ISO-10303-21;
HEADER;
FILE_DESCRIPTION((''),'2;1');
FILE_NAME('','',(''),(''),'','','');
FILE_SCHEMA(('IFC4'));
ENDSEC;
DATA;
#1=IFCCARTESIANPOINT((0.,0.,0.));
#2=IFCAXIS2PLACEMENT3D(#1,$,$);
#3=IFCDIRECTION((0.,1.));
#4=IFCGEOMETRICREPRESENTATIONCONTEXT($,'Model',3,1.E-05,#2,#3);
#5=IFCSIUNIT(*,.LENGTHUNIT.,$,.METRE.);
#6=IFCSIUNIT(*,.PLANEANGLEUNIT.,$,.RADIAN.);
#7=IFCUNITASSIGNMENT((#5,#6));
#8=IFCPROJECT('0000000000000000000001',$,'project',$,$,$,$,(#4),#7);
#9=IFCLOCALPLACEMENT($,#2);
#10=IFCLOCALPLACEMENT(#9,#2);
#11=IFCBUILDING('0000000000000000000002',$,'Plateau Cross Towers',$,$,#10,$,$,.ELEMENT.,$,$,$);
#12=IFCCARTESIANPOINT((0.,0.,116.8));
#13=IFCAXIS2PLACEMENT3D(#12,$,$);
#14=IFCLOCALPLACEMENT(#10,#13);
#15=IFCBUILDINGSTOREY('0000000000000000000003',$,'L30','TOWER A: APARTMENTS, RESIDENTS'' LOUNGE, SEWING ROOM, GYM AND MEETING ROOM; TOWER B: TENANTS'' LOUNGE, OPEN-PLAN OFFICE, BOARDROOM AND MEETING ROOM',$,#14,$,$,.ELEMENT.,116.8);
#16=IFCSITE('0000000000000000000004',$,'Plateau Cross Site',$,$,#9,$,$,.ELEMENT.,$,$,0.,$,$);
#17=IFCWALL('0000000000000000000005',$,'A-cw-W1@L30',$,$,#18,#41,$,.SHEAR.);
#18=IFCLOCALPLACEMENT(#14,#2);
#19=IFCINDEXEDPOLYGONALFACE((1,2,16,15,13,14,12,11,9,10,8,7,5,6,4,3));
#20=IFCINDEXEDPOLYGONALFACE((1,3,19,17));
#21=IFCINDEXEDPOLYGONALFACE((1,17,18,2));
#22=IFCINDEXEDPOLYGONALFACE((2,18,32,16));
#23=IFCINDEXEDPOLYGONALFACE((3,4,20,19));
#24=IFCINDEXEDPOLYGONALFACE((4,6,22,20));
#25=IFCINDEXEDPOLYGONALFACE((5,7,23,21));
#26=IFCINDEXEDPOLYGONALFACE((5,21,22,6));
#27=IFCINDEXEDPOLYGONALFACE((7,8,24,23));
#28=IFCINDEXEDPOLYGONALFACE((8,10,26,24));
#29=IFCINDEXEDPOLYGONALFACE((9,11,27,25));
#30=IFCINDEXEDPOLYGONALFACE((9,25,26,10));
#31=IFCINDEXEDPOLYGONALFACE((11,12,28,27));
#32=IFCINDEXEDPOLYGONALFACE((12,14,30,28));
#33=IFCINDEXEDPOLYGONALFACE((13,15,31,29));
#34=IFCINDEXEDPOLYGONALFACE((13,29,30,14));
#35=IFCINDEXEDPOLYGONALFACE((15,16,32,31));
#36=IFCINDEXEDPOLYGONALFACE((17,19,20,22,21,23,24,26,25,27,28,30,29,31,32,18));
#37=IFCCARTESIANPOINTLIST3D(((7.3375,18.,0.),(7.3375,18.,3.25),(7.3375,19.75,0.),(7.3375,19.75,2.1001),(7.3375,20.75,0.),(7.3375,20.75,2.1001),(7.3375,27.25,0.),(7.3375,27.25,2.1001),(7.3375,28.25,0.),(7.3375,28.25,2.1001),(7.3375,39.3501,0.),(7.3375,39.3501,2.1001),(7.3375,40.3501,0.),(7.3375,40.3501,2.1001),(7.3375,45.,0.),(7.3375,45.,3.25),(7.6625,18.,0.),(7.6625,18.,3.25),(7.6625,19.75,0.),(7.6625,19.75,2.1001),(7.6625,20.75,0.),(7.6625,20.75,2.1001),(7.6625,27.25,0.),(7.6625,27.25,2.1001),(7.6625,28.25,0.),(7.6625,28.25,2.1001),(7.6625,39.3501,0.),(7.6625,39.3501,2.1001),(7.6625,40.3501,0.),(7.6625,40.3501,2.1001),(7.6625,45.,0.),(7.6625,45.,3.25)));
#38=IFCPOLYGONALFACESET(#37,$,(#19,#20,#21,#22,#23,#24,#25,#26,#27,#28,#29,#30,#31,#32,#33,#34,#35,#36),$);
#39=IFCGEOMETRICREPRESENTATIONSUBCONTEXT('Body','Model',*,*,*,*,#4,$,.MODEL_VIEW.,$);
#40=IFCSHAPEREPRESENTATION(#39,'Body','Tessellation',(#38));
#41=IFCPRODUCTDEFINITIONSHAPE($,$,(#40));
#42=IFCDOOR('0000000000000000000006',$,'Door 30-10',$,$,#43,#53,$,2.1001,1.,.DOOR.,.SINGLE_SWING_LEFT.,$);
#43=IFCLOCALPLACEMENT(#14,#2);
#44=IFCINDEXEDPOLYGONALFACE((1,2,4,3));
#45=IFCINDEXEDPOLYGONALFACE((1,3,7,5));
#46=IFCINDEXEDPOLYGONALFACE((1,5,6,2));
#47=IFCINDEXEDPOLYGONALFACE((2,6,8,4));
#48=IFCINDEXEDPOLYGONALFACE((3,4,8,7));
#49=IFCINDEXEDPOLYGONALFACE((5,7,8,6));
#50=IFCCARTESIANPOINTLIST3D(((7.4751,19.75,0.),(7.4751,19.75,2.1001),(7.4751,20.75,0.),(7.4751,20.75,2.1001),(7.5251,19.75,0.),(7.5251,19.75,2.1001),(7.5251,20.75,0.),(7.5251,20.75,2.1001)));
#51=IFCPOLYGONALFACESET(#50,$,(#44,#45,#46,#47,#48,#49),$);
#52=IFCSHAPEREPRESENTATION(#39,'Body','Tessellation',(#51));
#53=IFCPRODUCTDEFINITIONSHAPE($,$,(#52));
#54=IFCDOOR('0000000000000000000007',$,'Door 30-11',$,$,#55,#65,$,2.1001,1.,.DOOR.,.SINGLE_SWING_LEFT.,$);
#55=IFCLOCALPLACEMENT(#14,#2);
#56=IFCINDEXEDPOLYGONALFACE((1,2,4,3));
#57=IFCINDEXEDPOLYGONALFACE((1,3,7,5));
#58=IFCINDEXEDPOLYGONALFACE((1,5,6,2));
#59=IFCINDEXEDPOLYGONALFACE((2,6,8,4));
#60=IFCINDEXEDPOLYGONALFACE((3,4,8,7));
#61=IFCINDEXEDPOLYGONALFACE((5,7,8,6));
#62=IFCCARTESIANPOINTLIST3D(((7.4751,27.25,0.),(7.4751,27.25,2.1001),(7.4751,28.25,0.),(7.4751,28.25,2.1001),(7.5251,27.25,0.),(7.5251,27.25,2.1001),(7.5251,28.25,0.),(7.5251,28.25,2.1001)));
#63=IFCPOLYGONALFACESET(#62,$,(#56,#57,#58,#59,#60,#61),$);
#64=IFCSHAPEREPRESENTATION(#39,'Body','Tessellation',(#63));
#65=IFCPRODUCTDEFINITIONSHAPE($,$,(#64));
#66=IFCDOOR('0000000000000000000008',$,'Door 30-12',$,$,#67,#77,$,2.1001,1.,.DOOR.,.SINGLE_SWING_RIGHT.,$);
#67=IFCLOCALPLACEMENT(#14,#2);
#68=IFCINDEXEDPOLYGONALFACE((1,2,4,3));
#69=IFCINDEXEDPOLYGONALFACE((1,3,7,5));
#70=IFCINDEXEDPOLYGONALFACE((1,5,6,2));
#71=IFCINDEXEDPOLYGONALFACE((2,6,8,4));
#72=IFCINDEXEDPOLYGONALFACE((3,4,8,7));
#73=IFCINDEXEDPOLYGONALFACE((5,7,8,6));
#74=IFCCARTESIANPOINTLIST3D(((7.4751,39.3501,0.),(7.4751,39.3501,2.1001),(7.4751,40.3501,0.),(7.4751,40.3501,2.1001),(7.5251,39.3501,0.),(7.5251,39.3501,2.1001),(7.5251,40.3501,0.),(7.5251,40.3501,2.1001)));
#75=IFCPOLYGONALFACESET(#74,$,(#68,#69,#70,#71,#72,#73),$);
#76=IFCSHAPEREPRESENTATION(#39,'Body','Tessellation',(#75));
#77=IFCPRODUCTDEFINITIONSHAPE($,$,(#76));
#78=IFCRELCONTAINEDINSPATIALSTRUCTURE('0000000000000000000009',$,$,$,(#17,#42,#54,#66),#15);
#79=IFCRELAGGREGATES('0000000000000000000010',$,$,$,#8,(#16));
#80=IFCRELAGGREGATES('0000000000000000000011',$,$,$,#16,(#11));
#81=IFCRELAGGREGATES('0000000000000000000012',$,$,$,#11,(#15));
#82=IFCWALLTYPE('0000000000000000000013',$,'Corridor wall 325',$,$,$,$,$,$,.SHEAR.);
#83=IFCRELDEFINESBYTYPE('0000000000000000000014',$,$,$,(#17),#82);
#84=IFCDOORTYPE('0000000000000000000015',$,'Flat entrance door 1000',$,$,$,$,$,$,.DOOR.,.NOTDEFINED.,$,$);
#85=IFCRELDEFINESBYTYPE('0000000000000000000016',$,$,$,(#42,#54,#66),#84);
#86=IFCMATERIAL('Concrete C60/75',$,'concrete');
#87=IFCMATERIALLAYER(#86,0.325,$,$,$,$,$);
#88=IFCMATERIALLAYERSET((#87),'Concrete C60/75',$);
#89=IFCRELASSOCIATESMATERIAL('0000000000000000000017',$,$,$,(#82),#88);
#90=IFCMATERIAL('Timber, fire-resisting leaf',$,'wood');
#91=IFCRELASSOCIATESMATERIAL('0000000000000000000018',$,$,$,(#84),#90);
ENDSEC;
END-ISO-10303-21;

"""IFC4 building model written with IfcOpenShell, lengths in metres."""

from ifc_helpers import new_model, si_unit, direction, frame, frame_2d, origin, place, context, subcontext, project, spatial, rectangle, extrude, material, layer, layer_set, type_object, element, fill, save


model = new_model("IFC4")

# Units and contexts
model_context = context("Model", 3, precision=1e-05, world=origin(), true_north=direction((0.0, 1.0)))
body_context = subcontext(model_context, "Body", "Model", "MODEL_VIEW")
ifc_project = project(units=[si_unit("LENGTHUNIT", "METRE"), si_unit("PLANEANGLEUNIT", "RADIAN")], contexts=[model_context])

# Site, building, storey
site_placement = place(None, origin())
site = spatial("IfcSite", under=ifc_project, at=site_placement, Name="Plateau Cross Site", CompositionType="ELEMENT", RefElevation=0.0)
building_placement = place(site_placement, origin())
building = spatial("IfcBuilding", under=site, at=building_placement, Name="Plateau Cross Towers", CompositionType="ELEMENT")
storey_placement = place(building_placement, frame((0.0, 0.0, 116.8)))
storey = spatial("IfcBuildingStorey", under=building, at=storey_placement, Name="L30", Description="TOWER A: APARTMENTS, RESIDENTS' LOUNGE, SEWING ROOM, GYM AND MEETING ROOM; TOWER B: TENANTS' LOUNGE, OPEN-PLAN OFFICE, BOARDROOM AND MEETING ROOM", CompositionType="ELEMENT", Elevation=116.8)

# Shared definitions
ifc_material_1 = material(Name="Timber, fire-resisting leaf", Category="wood")

# Shared definitions
ifc_material_2 = material(Name="Concrete C60/75", Category="concrete")

# Wall, openings, doors
ifc_layer_1 = layer(ifc_material_2, 0.325)
ifc_layer_set_1 = layer_set([ifc_layer_1], Name="Concrete C60/75")
wall_type_1 = type_object("IfcWallType", Name="Corridor wall 325", PredefinedType="SHEAR", material=ifc_layer_set_1)
wall_1_placement = place(storey_placement, frame((7.5, 18.0, 0.0), z_axis=(0.0, 0.0, 1.0), x_axis=(0.0, 1.0, 0.0)))
wall_1 = element("IfcWall", 1, at=wall_1_placement, inside=storey, type_object=wall_type_1, Name="A-cw-W1@L30", PredefinedType="SHEAR", context=body_context, shape_type="SweptSolid", body=[
    extrude(rectangle(XDim=27.0, YDim=0.325, at=frame_2d((13.5, 0.0))), origin(), (0.0, 0.0, 1.0), 3.25),
])
opening_1_placement = place(wall_1_placement, frame((1.75, 0.0, 0.0)))
opening_1 = element("IfcOpeningElement", 2, at=opening_1_placement, cuts=wall_1, PredefinedType="OPENING", context=body_context, shape_type="SweptSolid", body=[
    extrude(rectangle(XDim=1.0, YDim=2.1001, at=frame_2d((0.5, 1.05))), frame((0.0, 0.1724, 0.0), z_axis=(0.0, -1.0, 0.0), x_axis=(1.0, 0.0, 0.0)), (0.0, 0.0, 1.0), 0.345),
])
opening_2_placement = place(wall_1_placement, frame((9.25, 0.0, 0.0)))
opening_2 = element("IfcOpeningElement", 3, at=opening_2_placement, cuts=wall_1, PredefinedType="OPENING", context=body_context, shape_type="SweptSolid", body=[
    extrude(rectangle(XDim=1.0, YDim=2.1001, at=frame_2d((0.5, 1.05))), frame((0.0, 0.1724, 0.0), z_axis=(0.0, -1.0, 0.0), x_axis=(1.0, 0.0, 0.0)), (0.0, 0.0, 1.0), 0.345),
])
opening_3_placement = place(wall_1_placement, frame((21.3501, 0.0, 0.0)))
opening_3 = element("IfcOpeningElement", 4, at=opening_3_placement, cuts=wall_1, PredefinedType="OPENING", context=body_context, shape_type="SweptSolid", body=[
    extrude(rectangle(XDim=1.0, YDim=2.1001, at=frame_2d((0.5, 1.05))), frame((0.0, 0.1724, 0.0), z_axis=(0.0, -1.0, 0.0), x_axis=(1.0, 0.0, 0.0)), (0.0, 0.0, 1.0), 0.345),
])
door_type_1 = type_object("IfcDoorType", Name="Flat entrance door 1000", OperationType="NOTDEFINED", PredefinedType="DOOR", material=ifc_material_1)
door_1_placement = place(opening_1_placement, origin())
door_1 = element("IfcDoor", 5, at=door_1_placement, inside=storey, type_object=door_type_1, Name="Door 30-10", OperationType="SINGLE_SWING_LEFT", OverallHeight=2.1001, OverallWidth=1.0, PredefinedType="DOOR", context=body_context, shape_type="SweptSolid", body=[
    extrude(rectangle(XDim=1.0, YDim=2.1001, at=frame_2d((0.5, 1.05))), frame((0.0, 0.0249, 0.0), z_axis=(0.0, -1.0, 0.0), x_axis=(1.0, 0.0, 0.0)), (0.0, 0.0, 1.0), 0.05),
])
fill(opening_1, door_1)
door_2_placement = place(opening_2_placement, origin())
door_2 = element("IfcDoor", 6, at=door_2_placement, inside=storey, type_object=door_type_1, Name="Door 30-11", OperationType="SINGLE_SWING_LEFT", OverallHeight=2.1001, OverallWidth=1.0, PredefinedType="DOOR", context=body_context, shape_type="SweptSolid", body=[
    extrude(rectangle(XDim=1.0, YDim=2.1001, at=frame_2d((0.5, 1.05))), frame((0.0, 0.0249, 0.0), z_axis=(0.0, -1.0, 0.0), x_axis=(1.0, 0.0, 0.0)), (0.0, 0.0, 1.0), 0.05),
])
fill(opening_2, door_2)
door_3_placement = place(opening_3_placement, origin())
door_3 = element("IfcDoor", 7, at=door_3_placement, inside=storey, type_object=door_type_1, Name="Door 30-12", OperationType="SINGLE_SWING_RIGHT", OverallHeight=2.1001, OverallWidth=1.0, PredefinedType="DOOR", context=body_context, shape_type="SweptSolid", body=[
    extrude(rectangle(XDim=1.0, YDim=2.1001, at=frame_2d((0.5, 1.05))), frame((0.0, 0.0249, 0.0), z_axis=(0.0, -1.0, 0.0), x_axis=(1.0, 0.0, 0.0)), (0.0, 0.0, 1.0), 0.05),
])
fill(opening_3, door_3)

save(model, "model.ifc")
